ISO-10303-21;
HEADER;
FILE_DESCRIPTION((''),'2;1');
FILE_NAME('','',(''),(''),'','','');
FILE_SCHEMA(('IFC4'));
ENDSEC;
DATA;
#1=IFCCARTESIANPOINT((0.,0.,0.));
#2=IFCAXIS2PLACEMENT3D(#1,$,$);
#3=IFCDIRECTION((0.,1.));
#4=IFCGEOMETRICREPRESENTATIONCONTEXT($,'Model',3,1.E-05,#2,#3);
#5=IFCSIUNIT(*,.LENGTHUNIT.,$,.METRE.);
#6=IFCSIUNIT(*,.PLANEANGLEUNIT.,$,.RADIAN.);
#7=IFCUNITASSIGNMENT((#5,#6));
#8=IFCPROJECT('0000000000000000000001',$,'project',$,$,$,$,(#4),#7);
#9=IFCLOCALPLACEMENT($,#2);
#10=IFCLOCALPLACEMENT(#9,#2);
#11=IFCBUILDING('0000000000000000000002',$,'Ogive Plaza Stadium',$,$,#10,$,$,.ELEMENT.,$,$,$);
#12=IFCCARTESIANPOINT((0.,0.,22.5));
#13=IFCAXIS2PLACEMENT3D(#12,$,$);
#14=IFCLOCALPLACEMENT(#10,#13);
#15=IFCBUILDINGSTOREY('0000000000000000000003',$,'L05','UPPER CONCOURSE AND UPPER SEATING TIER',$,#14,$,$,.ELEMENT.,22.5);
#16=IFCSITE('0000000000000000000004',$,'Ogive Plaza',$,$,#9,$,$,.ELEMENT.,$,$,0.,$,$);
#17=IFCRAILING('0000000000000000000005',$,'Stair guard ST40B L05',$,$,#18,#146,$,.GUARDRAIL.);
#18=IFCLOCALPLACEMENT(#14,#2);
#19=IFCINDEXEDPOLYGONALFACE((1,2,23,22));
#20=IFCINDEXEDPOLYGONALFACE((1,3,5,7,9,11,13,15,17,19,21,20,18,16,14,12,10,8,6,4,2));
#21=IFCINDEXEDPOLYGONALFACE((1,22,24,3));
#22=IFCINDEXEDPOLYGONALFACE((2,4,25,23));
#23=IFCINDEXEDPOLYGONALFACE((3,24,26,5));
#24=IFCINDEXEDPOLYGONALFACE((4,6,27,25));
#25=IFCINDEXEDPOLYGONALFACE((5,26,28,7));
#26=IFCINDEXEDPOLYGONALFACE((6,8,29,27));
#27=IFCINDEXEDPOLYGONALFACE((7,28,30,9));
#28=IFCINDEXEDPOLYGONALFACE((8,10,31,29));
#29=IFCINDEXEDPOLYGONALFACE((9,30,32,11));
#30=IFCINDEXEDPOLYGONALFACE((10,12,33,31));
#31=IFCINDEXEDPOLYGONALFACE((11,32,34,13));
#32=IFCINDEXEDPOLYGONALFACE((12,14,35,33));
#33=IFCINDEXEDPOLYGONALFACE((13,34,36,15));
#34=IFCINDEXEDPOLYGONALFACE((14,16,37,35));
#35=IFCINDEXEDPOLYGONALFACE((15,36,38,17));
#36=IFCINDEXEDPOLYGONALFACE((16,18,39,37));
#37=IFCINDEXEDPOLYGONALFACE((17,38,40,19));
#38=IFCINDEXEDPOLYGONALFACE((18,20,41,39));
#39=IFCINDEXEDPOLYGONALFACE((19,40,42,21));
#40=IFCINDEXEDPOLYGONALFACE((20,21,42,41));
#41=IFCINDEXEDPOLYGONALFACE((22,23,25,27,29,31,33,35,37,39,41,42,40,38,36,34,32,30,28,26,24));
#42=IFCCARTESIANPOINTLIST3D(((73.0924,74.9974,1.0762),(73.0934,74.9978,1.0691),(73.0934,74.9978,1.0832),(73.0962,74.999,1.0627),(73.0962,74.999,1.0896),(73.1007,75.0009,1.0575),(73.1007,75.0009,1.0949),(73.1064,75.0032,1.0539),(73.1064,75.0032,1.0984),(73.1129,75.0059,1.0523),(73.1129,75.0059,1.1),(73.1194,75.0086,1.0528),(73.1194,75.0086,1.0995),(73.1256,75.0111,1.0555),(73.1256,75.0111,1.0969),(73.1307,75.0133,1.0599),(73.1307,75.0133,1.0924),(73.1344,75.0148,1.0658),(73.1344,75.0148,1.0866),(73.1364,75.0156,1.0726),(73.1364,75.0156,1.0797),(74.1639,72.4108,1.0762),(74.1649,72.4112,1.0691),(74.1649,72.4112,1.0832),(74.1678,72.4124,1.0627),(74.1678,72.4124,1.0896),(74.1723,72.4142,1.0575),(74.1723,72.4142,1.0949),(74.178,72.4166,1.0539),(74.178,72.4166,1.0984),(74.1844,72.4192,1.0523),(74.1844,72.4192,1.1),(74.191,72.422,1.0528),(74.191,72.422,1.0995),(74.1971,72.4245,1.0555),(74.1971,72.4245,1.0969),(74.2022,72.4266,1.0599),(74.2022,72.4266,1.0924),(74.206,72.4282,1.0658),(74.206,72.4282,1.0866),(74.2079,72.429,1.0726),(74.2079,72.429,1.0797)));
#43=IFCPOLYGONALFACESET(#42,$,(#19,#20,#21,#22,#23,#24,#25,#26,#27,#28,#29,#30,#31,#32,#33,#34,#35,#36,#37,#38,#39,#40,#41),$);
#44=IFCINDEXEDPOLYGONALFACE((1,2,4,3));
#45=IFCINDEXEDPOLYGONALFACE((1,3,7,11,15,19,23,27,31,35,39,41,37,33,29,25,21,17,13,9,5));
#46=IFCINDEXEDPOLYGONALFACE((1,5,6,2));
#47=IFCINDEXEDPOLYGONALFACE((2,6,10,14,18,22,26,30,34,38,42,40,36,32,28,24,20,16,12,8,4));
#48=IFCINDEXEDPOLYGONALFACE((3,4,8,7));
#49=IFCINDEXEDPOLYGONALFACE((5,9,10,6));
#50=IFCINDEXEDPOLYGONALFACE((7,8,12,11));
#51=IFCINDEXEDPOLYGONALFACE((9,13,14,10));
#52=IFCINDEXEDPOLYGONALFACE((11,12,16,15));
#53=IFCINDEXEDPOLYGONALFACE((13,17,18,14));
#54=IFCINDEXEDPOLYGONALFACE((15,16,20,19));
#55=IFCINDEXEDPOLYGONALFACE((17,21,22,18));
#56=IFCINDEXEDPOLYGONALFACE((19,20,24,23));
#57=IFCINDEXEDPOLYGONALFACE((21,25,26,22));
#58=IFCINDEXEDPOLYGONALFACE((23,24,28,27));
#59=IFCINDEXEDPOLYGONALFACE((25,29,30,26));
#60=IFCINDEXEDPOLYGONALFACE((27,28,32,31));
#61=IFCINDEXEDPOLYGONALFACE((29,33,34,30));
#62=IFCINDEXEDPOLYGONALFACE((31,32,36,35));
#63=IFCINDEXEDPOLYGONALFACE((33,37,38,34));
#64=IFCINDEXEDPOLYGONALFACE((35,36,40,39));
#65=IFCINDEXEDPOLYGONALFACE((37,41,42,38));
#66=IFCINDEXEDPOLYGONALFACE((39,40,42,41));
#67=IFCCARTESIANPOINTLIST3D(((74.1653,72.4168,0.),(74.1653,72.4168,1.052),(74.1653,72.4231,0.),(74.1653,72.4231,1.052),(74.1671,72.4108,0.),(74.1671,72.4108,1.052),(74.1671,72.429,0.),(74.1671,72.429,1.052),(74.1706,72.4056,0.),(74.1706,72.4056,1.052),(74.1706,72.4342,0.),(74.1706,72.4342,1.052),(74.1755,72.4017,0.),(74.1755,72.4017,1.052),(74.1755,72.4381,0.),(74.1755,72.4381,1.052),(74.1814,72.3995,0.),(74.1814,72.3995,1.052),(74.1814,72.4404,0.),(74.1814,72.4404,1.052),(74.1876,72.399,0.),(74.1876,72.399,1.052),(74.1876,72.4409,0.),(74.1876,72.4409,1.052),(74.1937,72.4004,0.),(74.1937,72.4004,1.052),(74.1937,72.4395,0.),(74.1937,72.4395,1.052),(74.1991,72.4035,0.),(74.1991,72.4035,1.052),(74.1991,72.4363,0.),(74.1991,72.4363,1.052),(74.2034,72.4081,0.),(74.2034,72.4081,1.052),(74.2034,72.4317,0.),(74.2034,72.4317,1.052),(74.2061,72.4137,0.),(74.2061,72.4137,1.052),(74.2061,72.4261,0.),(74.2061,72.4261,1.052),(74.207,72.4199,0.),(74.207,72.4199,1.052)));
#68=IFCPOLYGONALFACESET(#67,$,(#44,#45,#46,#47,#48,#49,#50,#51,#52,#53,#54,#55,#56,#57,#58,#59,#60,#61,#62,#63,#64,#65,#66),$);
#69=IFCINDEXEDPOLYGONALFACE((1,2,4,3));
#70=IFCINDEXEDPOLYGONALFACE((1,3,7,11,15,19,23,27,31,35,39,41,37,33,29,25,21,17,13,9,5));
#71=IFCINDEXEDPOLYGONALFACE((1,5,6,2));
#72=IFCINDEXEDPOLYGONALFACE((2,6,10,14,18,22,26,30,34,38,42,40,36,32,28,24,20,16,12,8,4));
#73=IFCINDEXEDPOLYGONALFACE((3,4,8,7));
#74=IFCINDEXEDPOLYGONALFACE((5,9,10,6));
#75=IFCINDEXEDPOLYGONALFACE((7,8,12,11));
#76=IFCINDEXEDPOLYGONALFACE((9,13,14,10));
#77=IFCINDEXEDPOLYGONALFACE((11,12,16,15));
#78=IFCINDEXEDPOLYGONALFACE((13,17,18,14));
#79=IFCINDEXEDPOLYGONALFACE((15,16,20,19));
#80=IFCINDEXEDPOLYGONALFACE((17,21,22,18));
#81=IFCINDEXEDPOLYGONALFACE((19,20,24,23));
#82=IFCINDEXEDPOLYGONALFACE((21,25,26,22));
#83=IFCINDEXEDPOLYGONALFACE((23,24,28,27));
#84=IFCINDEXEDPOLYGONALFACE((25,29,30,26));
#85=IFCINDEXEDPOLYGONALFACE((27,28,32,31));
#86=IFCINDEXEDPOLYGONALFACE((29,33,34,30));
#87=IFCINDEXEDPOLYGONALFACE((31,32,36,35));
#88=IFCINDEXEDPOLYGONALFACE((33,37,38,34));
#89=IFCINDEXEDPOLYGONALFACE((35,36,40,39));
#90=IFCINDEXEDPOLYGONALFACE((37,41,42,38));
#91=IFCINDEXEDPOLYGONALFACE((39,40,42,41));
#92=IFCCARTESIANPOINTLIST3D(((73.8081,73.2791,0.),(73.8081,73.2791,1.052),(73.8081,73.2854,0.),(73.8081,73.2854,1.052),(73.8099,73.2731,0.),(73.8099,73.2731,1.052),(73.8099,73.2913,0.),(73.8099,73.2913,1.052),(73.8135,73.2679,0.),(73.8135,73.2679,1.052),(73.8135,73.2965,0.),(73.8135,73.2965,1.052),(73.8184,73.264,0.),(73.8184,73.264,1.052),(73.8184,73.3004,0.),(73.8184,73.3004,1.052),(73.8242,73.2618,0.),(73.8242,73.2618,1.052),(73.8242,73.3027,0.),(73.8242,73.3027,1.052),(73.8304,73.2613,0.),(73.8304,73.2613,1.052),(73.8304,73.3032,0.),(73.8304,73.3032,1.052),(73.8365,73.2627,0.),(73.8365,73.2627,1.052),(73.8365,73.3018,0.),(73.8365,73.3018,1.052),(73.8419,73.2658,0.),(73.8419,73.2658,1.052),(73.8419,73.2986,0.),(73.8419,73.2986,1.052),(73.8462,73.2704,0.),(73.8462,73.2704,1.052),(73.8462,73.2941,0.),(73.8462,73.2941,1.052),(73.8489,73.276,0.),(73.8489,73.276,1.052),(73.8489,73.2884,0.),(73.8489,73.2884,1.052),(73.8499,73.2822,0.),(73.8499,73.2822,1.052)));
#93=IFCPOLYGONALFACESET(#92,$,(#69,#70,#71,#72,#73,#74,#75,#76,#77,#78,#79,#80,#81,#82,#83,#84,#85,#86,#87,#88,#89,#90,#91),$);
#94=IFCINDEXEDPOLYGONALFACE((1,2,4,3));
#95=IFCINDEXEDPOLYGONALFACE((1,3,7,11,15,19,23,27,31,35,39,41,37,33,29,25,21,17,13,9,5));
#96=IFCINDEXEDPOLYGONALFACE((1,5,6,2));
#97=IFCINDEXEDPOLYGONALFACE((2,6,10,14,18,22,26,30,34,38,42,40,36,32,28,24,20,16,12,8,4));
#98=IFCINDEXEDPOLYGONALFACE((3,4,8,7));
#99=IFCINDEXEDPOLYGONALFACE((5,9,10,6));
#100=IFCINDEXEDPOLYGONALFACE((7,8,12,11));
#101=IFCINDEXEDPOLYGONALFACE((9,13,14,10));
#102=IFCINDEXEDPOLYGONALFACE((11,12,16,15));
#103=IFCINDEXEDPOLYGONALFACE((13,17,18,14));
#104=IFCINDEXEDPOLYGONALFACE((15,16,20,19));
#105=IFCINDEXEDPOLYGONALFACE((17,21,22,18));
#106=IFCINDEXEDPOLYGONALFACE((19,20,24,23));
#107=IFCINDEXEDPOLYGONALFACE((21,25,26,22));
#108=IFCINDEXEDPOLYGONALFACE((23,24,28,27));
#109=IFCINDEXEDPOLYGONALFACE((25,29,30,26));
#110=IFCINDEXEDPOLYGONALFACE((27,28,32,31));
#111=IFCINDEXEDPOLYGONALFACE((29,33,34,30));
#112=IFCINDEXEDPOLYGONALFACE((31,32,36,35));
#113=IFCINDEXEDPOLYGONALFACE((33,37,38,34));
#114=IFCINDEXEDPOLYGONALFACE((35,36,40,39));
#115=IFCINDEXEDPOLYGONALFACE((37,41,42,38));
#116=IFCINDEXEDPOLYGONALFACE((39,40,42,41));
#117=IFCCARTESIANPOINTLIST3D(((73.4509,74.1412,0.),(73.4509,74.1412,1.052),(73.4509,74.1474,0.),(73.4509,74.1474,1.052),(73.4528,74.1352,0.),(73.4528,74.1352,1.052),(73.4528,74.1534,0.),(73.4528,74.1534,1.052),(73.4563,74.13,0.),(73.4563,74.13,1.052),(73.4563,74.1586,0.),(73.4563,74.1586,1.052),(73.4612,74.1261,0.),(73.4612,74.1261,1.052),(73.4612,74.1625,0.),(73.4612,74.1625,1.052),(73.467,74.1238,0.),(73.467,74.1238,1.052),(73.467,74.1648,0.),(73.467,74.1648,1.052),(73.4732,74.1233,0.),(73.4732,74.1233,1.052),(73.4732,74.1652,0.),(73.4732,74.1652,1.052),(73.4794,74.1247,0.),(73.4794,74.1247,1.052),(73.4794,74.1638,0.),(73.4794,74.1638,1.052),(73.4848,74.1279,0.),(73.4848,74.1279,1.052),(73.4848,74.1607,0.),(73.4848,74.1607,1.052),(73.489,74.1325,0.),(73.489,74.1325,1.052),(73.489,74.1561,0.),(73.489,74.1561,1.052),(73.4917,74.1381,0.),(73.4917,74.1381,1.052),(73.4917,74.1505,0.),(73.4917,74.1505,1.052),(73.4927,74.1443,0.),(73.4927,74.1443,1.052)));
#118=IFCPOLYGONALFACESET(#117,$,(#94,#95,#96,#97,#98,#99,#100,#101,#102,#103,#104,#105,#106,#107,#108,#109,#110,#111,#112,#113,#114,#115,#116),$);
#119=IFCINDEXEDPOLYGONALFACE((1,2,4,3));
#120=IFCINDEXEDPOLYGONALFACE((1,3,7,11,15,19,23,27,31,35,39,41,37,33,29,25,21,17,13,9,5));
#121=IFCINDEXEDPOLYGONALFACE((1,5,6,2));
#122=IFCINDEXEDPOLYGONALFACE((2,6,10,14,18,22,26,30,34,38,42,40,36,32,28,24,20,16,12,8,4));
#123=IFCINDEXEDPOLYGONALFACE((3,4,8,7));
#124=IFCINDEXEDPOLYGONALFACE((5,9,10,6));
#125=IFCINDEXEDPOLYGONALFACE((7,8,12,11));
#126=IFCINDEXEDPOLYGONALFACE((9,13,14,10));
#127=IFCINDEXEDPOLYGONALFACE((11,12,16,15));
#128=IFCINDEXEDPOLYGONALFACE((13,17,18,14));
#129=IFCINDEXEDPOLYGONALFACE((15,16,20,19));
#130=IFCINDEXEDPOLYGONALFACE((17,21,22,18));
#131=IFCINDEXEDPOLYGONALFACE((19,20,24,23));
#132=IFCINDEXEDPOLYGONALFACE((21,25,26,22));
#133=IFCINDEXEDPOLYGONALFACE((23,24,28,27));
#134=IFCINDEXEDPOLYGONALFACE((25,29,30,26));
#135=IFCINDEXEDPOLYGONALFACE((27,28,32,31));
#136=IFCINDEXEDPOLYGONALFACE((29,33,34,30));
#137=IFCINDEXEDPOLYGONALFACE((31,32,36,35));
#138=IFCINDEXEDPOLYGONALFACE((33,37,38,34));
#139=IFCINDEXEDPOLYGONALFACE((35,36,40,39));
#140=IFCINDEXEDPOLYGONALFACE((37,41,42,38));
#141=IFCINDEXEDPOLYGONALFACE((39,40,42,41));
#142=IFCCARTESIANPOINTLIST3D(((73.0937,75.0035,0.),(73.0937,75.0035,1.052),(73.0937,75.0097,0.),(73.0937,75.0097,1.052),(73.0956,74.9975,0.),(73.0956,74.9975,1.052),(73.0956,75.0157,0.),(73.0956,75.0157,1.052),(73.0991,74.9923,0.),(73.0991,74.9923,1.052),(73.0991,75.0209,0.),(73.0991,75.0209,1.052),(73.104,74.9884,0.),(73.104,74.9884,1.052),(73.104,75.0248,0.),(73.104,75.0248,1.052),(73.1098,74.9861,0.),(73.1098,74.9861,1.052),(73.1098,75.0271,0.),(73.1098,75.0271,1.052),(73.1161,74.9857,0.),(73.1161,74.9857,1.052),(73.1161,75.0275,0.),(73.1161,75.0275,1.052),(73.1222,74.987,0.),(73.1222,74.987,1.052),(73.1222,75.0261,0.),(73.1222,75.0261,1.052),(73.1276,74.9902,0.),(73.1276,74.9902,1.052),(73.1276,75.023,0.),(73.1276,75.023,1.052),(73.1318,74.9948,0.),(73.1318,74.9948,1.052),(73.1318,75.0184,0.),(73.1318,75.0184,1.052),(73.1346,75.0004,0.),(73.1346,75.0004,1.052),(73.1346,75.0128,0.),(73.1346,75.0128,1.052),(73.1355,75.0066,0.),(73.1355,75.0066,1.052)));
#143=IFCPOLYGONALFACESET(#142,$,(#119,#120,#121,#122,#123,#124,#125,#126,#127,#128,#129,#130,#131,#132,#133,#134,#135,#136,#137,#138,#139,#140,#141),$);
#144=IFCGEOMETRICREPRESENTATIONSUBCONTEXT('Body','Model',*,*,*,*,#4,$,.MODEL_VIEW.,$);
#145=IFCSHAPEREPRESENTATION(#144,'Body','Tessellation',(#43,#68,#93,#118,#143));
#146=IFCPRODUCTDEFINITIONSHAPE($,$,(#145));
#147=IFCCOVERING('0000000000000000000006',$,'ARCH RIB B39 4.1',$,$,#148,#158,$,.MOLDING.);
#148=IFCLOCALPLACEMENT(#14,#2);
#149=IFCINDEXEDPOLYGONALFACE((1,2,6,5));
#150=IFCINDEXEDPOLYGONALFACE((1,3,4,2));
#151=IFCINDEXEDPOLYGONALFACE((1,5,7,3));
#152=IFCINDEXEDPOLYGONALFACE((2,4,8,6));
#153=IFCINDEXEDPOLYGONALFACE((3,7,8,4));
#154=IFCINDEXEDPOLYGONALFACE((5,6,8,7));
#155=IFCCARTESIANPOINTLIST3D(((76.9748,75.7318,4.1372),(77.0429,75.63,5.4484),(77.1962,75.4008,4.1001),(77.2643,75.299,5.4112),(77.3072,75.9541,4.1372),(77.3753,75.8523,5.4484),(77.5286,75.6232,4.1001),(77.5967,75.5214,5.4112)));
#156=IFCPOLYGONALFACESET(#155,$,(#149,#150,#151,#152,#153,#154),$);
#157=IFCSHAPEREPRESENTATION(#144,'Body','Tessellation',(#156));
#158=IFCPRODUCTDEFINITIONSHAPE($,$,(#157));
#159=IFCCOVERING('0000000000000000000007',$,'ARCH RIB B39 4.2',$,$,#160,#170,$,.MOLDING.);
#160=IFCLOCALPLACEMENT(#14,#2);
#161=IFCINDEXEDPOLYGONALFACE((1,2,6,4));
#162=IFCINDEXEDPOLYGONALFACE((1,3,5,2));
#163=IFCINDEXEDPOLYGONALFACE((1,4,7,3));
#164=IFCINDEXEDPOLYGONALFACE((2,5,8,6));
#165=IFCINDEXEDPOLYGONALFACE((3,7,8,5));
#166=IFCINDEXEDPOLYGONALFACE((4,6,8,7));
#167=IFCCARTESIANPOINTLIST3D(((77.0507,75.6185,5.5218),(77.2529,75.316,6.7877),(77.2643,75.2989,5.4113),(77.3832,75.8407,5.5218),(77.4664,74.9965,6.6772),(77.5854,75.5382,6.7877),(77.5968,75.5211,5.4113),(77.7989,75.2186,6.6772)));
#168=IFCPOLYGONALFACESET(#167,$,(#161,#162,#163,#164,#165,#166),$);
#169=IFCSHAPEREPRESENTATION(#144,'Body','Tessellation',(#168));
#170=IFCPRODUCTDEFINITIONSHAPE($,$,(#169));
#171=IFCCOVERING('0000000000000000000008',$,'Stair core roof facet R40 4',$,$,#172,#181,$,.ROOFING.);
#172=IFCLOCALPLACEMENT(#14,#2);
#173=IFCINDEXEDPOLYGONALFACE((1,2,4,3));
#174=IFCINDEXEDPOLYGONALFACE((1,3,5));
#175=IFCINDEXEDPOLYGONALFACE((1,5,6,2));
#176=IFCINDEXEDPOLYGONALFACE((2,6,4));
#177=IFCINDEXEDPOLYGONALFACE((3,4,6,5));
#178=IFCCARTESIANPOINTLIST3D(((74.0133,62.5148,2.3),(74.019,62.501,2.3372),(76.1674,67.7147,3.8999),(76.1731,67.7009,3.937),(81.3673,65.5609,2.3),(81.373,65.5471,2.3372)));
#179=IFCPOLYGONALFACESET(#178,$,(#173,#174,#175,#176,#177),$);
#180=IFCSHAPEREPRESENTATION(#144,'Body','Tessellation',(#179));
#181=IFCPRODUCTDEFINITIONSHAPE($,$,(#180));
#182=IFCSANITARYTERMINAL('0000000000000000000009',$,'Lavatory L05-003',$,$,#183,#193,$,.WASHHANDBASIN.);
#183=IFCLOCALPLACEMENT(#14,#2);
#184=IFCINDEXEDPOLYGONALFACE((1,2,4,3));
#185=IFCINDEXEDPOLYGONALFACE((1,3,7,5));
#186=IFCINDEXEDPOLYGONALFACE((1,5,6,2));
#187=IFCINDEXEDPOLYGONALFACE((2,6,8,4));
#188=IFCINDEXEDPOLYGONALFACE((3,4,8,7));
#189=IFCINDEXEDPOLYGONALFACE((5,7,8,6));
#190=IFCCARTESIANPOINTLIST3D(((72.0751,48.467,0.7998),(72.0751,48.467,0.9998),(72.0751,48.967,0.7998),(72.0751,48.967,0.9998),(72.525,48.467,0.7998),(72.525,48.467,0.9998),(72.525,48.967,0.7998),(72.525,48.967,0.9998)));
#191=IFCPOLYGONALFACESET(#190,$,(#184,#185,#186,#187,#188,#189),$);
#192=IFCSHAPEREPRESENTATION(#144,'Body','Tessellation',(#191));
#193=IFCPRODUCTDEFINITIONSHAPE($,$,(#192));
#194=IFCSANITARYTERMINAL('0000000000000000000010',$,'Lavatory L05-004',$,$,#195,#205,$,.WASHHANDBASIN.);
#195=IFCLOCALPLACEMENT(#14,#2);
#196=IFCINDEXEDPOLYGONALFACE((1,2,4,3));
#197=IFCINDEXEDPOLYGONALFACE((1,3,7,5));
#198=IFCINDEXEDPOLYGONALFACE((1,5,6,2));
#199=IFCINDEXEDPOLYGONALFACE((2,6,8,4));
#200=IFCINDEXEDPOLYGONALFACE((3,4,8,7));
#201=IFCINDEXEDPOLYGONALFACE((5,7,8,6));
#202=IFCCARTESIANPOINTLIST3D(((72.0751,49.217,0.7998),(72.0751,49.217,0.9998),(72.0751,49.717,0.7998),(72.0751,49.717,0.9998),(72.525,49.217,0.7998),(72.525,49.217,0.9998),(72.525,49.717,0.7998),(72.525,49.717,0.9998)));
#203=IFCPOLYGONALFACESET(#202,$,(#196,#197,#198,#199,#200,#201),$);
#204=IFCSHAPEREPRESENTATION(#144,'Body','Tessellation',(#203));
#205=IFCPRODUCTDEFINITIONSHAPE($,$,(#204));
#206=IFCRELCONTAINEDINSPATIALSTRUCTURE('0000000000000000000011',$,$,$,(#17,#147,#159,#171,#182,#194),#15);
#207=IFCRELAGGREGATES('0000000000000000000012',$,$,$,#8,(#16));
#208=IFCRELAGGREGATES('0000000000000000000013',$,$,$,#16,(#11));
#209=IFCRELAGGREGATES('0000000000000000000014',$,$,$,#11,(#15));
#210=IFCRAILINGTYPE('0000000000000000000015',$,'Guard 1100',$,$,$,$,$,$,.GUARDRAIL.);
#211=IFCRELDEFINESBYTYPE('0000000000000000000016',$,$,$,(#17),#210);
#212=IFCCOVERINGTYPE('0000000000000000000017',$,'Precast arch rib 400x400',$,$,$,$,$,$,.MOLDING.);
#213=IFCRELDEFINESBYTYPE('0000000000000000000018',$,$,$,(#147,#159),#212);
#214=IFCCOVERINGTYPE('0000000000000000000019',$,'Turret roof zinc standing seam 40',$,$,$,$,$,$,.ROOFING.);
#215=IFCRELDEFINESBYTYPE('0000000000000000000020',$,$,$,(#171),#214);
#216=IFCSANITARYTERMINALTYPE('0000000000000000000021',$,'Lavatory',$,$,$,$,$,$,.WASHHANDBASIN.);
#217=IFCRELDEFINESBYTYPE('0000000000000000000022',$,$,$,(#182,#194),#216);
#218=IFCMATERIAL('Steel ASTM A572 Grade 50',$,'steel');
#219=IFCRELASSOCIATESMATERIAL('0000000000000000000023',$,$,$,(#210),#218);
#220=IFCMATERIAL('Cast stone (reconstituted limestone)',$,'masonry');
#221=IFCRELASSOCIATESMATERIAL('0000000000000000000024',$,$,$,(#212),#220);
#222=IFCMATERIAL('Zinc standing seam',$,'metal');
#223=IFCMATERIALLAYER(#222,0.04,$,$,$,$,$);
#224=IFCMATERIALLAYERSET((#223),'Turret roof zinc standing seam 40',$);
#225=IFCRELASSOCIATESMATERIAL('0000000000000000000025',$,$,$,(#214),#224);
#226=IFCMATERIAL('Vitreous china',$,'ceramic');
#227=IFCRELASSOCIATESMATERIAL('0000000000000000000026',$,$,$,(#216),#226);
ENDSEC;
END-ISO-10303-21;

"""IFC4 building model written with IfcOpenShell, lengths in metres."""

from ifc_helpers import new_model, si_unit, direction, frame, origin, origin_2d, place, context, subcontext, project, spatial, polyline, rectangle, circle, outline, extrude, material, layer, layer_set, material_profile, profile_set, type_object, element, save


model = new_model("IFC4")

# Units and contexts
model_context = context("Model", 3, precision=1e-05, world=origin(), true_north=direction((0.0, 1.0)))
body_context = subcontext(model_context, "Body", "Model", "MODEL_VIEW")
ifc_project = project(units=[si_unit("LENGTHUNIT", "METRE"), si_unit("PLANEANGLEUNIT", "RADIAN")], contexts=[model_context])

# Site, building, storey
site_placement = place(None, origin())
site = spatial("IfcSite", under=ifc_project, at=site_placement, Name="Ogive Plaza", CompositionType="ELEMENT", RefElevation=0.0)
building_placement = place(site_placement, origin())
building = spatial("IfcBuilding", under=site, at=building_placement, Name="Ogive Plaza Stadium", CompositionType="ELEMENT")
storey_placement = place(building_placement, frame((0.0, 0.0, 22.5)))
storey = spatial("IfcBuildingStorey", under=building, at=storey_placement, Name="L05", Description="UPPER CONCOURSE AND UPPER SEATING TIER", CompositionType="ELEMENT", Elevation=22.5)

# Railing
ifc_material_1 = material(Name="Steel ASTM A572 Grade 50", Category="steel")
railing_type = type_object("IfcRailingType", Name="Guard 1100", PredefinedType="GUARDRAIL", material=ifc_material_1)
railing_1_placement = place(storey_placement, frame((74.186, 72.4199, 0.0)))
element("IfcRailing", 1, at=railing_1_placement, inside=storey, type_object=railing_type, Name="Stair guard ST40B L05", PredefinedType="GUARDRAIL", context=body_context, shape_type="SweptSolid", body=[
    extrude(circle(Radius=0.0239, at=origin_2d()), frame((0.0, 0.0, 1.0762), z_axis=(-0.382714, 0.923867, 0.0), x_axis=(-0.923867, -0.382714, 0.0)), (0.0, 0.0, 1.0), 2.7998),
    extrude(circle(Radius=0.021, at=origin_2d()), origin(), (0.0, 0.0, 1.0), 1.052),
    extrude(circle(Radius=0.021, at=origin_2d()), frame((-0.3572, 0.8623, 0.0)), (0.0, 0.0, 1.0), 1.052),
    extrude(circle(Radius=0.021, at=origin_2d()), frame((-0.7144, 1.7244, 0.0)), (0.0, 0.0, 1.0), 1.052),
    extrude(circle(Radius=0.021, at=origin_2d()), frame((-1.0715, 2.5867, 0.0)), (0.0, 0.0, 1.0), 1.052),
])

# Coverings
ifc_material_2 = material(Name="Cast stone (reconstituted limestone)", Category="masonry")
ifc_material_profile_1 = material_profile(ifc_material_2, rectangle(XDim=0.3999, YDim=0.3999, at=origin_2d()), Name="Cast stone 400x400")
ifc_profile_set_1 = profile_set([ifc_material_profile_1], Name="Cast stone (reconstituted limestone)")
covering_type_1 = type_object("IfcCoveringType", Name="Precast arch rib 400x400", PredefinedType="MOLDING", material=ifc_profile_set_1)
covering_1_placement = place(storey_placement, frame((77.2517, 75.6775, 4.1187), z_axis=(0.05172, -0.077303, 0.995665), x_axis=(0.831129, 0.556079, 0.0)))
element("IfcCovering", 2, at=covering_1_placement, inside=storey, type_object=covering_type_1, Name="ARCH RIB B39 4.1", PredefinedType="MOLDING", context=body_context, shape_type="SweptSolid", body=[
    extrude(rectangle(XDim=0.3999, YDim=0.3999, at=origin_2d()), origin(), (0.0, 0.0, 1.0), 1.3169),
])
covering_2_placement = place(storey_placement, frame((77.3237, 75.5698, 5.4666), z_axis=(0.153478, -0.229661, 0.961093), x_axis=(0.83143, 0.555629, 0.0)))
element("IfcCovering", 3, at=covering_2_placement, inside=storey, type_object=covering_type_1, Name="ARCH RIB B39 4.2", PredefinedType="MOLDING", context=body_context, shape_type="SweptSolid", body=[
    extrude(rectangle(XDim=0.3999, YDim=0.3999, at=origin_2d()), origin(), (0.0, 0.0, 1.0), 1.3171),
])
ifc_material_3 = material(Name="Zinc standing seam", Category="metal")
ifc_layer_1 = layer(ifc_material_3, 0.04)
ifc_layer_set_1 = layer_set([ifc_layer_1], Name="Turret roof zinc standing seam 40")
covering_type_2 = type_object("IfcCoveringType", Name="Turret roof zinc standing seam 40", PredefinedType="ROOFING", material=ifc_layer_set_1)
covering_3_placement = place(storey_placement, frame((74.019, 62.501, 2.3372), z_axis=(0.142736, -0.344592, 0.927838), x_axis=(0.923879, 0.382685, 0.0)))
element("IfcCovering", 4, at=covering_3_placement, inside=storey, type_object=covering_type_2, Name="Stair core roof facet R40 4", PredefinedType="ROOFING", context=body_context, shape_type="SweptSolid", body=[
    extrude(outline(polyline([(0.0, 0.0), (7.9599, 0.0), (3.98, 4.2893), (0.0, 0.0)])), origin(), (0.0, 0.0, -1.0), 0.04),
])

# Sanitary terminals
ifc_material_4 = material(Name="Vitreous china", Category="ceramic")
sanitary_terminal_type_1 = type_object("IfcSanitaryTerminalType", Name="Lavatory", PredefinedType="WASHHANDBASIN", material=ifc_material_4)
for number, where, z_axis, x_axis, name in (
    (5, (72.3, 48.717, 0.7998), (0.0, 0.0, 1.0), (0.0, -1.0, 0.0), "Lavatory L05-003"),
    (6, (72.3, 49.467, 0.7998), (0.0, 0.0, 1.0), (0.0, 1.0, 0.0), "Lavatory L05-004"),
):
    element("IfcSanitaryTerminal", number, at=place(storey_placement, frame(where, z_axis=z_axis, x_axis=x_axis)), inside=storey, type_object=sanitary_terminal_type_1, Name=name, PredefinedType="WASHHANDBASIN", context=body_context, shape_type="SweptSolid", body=[
        extrude(rectangle(XDim=0.5, YDim=0.45, at=origin_2d()), origin(), (0.0, 0.0, 1.0), 0.2),
    ])

save(model, "model.ifc")
